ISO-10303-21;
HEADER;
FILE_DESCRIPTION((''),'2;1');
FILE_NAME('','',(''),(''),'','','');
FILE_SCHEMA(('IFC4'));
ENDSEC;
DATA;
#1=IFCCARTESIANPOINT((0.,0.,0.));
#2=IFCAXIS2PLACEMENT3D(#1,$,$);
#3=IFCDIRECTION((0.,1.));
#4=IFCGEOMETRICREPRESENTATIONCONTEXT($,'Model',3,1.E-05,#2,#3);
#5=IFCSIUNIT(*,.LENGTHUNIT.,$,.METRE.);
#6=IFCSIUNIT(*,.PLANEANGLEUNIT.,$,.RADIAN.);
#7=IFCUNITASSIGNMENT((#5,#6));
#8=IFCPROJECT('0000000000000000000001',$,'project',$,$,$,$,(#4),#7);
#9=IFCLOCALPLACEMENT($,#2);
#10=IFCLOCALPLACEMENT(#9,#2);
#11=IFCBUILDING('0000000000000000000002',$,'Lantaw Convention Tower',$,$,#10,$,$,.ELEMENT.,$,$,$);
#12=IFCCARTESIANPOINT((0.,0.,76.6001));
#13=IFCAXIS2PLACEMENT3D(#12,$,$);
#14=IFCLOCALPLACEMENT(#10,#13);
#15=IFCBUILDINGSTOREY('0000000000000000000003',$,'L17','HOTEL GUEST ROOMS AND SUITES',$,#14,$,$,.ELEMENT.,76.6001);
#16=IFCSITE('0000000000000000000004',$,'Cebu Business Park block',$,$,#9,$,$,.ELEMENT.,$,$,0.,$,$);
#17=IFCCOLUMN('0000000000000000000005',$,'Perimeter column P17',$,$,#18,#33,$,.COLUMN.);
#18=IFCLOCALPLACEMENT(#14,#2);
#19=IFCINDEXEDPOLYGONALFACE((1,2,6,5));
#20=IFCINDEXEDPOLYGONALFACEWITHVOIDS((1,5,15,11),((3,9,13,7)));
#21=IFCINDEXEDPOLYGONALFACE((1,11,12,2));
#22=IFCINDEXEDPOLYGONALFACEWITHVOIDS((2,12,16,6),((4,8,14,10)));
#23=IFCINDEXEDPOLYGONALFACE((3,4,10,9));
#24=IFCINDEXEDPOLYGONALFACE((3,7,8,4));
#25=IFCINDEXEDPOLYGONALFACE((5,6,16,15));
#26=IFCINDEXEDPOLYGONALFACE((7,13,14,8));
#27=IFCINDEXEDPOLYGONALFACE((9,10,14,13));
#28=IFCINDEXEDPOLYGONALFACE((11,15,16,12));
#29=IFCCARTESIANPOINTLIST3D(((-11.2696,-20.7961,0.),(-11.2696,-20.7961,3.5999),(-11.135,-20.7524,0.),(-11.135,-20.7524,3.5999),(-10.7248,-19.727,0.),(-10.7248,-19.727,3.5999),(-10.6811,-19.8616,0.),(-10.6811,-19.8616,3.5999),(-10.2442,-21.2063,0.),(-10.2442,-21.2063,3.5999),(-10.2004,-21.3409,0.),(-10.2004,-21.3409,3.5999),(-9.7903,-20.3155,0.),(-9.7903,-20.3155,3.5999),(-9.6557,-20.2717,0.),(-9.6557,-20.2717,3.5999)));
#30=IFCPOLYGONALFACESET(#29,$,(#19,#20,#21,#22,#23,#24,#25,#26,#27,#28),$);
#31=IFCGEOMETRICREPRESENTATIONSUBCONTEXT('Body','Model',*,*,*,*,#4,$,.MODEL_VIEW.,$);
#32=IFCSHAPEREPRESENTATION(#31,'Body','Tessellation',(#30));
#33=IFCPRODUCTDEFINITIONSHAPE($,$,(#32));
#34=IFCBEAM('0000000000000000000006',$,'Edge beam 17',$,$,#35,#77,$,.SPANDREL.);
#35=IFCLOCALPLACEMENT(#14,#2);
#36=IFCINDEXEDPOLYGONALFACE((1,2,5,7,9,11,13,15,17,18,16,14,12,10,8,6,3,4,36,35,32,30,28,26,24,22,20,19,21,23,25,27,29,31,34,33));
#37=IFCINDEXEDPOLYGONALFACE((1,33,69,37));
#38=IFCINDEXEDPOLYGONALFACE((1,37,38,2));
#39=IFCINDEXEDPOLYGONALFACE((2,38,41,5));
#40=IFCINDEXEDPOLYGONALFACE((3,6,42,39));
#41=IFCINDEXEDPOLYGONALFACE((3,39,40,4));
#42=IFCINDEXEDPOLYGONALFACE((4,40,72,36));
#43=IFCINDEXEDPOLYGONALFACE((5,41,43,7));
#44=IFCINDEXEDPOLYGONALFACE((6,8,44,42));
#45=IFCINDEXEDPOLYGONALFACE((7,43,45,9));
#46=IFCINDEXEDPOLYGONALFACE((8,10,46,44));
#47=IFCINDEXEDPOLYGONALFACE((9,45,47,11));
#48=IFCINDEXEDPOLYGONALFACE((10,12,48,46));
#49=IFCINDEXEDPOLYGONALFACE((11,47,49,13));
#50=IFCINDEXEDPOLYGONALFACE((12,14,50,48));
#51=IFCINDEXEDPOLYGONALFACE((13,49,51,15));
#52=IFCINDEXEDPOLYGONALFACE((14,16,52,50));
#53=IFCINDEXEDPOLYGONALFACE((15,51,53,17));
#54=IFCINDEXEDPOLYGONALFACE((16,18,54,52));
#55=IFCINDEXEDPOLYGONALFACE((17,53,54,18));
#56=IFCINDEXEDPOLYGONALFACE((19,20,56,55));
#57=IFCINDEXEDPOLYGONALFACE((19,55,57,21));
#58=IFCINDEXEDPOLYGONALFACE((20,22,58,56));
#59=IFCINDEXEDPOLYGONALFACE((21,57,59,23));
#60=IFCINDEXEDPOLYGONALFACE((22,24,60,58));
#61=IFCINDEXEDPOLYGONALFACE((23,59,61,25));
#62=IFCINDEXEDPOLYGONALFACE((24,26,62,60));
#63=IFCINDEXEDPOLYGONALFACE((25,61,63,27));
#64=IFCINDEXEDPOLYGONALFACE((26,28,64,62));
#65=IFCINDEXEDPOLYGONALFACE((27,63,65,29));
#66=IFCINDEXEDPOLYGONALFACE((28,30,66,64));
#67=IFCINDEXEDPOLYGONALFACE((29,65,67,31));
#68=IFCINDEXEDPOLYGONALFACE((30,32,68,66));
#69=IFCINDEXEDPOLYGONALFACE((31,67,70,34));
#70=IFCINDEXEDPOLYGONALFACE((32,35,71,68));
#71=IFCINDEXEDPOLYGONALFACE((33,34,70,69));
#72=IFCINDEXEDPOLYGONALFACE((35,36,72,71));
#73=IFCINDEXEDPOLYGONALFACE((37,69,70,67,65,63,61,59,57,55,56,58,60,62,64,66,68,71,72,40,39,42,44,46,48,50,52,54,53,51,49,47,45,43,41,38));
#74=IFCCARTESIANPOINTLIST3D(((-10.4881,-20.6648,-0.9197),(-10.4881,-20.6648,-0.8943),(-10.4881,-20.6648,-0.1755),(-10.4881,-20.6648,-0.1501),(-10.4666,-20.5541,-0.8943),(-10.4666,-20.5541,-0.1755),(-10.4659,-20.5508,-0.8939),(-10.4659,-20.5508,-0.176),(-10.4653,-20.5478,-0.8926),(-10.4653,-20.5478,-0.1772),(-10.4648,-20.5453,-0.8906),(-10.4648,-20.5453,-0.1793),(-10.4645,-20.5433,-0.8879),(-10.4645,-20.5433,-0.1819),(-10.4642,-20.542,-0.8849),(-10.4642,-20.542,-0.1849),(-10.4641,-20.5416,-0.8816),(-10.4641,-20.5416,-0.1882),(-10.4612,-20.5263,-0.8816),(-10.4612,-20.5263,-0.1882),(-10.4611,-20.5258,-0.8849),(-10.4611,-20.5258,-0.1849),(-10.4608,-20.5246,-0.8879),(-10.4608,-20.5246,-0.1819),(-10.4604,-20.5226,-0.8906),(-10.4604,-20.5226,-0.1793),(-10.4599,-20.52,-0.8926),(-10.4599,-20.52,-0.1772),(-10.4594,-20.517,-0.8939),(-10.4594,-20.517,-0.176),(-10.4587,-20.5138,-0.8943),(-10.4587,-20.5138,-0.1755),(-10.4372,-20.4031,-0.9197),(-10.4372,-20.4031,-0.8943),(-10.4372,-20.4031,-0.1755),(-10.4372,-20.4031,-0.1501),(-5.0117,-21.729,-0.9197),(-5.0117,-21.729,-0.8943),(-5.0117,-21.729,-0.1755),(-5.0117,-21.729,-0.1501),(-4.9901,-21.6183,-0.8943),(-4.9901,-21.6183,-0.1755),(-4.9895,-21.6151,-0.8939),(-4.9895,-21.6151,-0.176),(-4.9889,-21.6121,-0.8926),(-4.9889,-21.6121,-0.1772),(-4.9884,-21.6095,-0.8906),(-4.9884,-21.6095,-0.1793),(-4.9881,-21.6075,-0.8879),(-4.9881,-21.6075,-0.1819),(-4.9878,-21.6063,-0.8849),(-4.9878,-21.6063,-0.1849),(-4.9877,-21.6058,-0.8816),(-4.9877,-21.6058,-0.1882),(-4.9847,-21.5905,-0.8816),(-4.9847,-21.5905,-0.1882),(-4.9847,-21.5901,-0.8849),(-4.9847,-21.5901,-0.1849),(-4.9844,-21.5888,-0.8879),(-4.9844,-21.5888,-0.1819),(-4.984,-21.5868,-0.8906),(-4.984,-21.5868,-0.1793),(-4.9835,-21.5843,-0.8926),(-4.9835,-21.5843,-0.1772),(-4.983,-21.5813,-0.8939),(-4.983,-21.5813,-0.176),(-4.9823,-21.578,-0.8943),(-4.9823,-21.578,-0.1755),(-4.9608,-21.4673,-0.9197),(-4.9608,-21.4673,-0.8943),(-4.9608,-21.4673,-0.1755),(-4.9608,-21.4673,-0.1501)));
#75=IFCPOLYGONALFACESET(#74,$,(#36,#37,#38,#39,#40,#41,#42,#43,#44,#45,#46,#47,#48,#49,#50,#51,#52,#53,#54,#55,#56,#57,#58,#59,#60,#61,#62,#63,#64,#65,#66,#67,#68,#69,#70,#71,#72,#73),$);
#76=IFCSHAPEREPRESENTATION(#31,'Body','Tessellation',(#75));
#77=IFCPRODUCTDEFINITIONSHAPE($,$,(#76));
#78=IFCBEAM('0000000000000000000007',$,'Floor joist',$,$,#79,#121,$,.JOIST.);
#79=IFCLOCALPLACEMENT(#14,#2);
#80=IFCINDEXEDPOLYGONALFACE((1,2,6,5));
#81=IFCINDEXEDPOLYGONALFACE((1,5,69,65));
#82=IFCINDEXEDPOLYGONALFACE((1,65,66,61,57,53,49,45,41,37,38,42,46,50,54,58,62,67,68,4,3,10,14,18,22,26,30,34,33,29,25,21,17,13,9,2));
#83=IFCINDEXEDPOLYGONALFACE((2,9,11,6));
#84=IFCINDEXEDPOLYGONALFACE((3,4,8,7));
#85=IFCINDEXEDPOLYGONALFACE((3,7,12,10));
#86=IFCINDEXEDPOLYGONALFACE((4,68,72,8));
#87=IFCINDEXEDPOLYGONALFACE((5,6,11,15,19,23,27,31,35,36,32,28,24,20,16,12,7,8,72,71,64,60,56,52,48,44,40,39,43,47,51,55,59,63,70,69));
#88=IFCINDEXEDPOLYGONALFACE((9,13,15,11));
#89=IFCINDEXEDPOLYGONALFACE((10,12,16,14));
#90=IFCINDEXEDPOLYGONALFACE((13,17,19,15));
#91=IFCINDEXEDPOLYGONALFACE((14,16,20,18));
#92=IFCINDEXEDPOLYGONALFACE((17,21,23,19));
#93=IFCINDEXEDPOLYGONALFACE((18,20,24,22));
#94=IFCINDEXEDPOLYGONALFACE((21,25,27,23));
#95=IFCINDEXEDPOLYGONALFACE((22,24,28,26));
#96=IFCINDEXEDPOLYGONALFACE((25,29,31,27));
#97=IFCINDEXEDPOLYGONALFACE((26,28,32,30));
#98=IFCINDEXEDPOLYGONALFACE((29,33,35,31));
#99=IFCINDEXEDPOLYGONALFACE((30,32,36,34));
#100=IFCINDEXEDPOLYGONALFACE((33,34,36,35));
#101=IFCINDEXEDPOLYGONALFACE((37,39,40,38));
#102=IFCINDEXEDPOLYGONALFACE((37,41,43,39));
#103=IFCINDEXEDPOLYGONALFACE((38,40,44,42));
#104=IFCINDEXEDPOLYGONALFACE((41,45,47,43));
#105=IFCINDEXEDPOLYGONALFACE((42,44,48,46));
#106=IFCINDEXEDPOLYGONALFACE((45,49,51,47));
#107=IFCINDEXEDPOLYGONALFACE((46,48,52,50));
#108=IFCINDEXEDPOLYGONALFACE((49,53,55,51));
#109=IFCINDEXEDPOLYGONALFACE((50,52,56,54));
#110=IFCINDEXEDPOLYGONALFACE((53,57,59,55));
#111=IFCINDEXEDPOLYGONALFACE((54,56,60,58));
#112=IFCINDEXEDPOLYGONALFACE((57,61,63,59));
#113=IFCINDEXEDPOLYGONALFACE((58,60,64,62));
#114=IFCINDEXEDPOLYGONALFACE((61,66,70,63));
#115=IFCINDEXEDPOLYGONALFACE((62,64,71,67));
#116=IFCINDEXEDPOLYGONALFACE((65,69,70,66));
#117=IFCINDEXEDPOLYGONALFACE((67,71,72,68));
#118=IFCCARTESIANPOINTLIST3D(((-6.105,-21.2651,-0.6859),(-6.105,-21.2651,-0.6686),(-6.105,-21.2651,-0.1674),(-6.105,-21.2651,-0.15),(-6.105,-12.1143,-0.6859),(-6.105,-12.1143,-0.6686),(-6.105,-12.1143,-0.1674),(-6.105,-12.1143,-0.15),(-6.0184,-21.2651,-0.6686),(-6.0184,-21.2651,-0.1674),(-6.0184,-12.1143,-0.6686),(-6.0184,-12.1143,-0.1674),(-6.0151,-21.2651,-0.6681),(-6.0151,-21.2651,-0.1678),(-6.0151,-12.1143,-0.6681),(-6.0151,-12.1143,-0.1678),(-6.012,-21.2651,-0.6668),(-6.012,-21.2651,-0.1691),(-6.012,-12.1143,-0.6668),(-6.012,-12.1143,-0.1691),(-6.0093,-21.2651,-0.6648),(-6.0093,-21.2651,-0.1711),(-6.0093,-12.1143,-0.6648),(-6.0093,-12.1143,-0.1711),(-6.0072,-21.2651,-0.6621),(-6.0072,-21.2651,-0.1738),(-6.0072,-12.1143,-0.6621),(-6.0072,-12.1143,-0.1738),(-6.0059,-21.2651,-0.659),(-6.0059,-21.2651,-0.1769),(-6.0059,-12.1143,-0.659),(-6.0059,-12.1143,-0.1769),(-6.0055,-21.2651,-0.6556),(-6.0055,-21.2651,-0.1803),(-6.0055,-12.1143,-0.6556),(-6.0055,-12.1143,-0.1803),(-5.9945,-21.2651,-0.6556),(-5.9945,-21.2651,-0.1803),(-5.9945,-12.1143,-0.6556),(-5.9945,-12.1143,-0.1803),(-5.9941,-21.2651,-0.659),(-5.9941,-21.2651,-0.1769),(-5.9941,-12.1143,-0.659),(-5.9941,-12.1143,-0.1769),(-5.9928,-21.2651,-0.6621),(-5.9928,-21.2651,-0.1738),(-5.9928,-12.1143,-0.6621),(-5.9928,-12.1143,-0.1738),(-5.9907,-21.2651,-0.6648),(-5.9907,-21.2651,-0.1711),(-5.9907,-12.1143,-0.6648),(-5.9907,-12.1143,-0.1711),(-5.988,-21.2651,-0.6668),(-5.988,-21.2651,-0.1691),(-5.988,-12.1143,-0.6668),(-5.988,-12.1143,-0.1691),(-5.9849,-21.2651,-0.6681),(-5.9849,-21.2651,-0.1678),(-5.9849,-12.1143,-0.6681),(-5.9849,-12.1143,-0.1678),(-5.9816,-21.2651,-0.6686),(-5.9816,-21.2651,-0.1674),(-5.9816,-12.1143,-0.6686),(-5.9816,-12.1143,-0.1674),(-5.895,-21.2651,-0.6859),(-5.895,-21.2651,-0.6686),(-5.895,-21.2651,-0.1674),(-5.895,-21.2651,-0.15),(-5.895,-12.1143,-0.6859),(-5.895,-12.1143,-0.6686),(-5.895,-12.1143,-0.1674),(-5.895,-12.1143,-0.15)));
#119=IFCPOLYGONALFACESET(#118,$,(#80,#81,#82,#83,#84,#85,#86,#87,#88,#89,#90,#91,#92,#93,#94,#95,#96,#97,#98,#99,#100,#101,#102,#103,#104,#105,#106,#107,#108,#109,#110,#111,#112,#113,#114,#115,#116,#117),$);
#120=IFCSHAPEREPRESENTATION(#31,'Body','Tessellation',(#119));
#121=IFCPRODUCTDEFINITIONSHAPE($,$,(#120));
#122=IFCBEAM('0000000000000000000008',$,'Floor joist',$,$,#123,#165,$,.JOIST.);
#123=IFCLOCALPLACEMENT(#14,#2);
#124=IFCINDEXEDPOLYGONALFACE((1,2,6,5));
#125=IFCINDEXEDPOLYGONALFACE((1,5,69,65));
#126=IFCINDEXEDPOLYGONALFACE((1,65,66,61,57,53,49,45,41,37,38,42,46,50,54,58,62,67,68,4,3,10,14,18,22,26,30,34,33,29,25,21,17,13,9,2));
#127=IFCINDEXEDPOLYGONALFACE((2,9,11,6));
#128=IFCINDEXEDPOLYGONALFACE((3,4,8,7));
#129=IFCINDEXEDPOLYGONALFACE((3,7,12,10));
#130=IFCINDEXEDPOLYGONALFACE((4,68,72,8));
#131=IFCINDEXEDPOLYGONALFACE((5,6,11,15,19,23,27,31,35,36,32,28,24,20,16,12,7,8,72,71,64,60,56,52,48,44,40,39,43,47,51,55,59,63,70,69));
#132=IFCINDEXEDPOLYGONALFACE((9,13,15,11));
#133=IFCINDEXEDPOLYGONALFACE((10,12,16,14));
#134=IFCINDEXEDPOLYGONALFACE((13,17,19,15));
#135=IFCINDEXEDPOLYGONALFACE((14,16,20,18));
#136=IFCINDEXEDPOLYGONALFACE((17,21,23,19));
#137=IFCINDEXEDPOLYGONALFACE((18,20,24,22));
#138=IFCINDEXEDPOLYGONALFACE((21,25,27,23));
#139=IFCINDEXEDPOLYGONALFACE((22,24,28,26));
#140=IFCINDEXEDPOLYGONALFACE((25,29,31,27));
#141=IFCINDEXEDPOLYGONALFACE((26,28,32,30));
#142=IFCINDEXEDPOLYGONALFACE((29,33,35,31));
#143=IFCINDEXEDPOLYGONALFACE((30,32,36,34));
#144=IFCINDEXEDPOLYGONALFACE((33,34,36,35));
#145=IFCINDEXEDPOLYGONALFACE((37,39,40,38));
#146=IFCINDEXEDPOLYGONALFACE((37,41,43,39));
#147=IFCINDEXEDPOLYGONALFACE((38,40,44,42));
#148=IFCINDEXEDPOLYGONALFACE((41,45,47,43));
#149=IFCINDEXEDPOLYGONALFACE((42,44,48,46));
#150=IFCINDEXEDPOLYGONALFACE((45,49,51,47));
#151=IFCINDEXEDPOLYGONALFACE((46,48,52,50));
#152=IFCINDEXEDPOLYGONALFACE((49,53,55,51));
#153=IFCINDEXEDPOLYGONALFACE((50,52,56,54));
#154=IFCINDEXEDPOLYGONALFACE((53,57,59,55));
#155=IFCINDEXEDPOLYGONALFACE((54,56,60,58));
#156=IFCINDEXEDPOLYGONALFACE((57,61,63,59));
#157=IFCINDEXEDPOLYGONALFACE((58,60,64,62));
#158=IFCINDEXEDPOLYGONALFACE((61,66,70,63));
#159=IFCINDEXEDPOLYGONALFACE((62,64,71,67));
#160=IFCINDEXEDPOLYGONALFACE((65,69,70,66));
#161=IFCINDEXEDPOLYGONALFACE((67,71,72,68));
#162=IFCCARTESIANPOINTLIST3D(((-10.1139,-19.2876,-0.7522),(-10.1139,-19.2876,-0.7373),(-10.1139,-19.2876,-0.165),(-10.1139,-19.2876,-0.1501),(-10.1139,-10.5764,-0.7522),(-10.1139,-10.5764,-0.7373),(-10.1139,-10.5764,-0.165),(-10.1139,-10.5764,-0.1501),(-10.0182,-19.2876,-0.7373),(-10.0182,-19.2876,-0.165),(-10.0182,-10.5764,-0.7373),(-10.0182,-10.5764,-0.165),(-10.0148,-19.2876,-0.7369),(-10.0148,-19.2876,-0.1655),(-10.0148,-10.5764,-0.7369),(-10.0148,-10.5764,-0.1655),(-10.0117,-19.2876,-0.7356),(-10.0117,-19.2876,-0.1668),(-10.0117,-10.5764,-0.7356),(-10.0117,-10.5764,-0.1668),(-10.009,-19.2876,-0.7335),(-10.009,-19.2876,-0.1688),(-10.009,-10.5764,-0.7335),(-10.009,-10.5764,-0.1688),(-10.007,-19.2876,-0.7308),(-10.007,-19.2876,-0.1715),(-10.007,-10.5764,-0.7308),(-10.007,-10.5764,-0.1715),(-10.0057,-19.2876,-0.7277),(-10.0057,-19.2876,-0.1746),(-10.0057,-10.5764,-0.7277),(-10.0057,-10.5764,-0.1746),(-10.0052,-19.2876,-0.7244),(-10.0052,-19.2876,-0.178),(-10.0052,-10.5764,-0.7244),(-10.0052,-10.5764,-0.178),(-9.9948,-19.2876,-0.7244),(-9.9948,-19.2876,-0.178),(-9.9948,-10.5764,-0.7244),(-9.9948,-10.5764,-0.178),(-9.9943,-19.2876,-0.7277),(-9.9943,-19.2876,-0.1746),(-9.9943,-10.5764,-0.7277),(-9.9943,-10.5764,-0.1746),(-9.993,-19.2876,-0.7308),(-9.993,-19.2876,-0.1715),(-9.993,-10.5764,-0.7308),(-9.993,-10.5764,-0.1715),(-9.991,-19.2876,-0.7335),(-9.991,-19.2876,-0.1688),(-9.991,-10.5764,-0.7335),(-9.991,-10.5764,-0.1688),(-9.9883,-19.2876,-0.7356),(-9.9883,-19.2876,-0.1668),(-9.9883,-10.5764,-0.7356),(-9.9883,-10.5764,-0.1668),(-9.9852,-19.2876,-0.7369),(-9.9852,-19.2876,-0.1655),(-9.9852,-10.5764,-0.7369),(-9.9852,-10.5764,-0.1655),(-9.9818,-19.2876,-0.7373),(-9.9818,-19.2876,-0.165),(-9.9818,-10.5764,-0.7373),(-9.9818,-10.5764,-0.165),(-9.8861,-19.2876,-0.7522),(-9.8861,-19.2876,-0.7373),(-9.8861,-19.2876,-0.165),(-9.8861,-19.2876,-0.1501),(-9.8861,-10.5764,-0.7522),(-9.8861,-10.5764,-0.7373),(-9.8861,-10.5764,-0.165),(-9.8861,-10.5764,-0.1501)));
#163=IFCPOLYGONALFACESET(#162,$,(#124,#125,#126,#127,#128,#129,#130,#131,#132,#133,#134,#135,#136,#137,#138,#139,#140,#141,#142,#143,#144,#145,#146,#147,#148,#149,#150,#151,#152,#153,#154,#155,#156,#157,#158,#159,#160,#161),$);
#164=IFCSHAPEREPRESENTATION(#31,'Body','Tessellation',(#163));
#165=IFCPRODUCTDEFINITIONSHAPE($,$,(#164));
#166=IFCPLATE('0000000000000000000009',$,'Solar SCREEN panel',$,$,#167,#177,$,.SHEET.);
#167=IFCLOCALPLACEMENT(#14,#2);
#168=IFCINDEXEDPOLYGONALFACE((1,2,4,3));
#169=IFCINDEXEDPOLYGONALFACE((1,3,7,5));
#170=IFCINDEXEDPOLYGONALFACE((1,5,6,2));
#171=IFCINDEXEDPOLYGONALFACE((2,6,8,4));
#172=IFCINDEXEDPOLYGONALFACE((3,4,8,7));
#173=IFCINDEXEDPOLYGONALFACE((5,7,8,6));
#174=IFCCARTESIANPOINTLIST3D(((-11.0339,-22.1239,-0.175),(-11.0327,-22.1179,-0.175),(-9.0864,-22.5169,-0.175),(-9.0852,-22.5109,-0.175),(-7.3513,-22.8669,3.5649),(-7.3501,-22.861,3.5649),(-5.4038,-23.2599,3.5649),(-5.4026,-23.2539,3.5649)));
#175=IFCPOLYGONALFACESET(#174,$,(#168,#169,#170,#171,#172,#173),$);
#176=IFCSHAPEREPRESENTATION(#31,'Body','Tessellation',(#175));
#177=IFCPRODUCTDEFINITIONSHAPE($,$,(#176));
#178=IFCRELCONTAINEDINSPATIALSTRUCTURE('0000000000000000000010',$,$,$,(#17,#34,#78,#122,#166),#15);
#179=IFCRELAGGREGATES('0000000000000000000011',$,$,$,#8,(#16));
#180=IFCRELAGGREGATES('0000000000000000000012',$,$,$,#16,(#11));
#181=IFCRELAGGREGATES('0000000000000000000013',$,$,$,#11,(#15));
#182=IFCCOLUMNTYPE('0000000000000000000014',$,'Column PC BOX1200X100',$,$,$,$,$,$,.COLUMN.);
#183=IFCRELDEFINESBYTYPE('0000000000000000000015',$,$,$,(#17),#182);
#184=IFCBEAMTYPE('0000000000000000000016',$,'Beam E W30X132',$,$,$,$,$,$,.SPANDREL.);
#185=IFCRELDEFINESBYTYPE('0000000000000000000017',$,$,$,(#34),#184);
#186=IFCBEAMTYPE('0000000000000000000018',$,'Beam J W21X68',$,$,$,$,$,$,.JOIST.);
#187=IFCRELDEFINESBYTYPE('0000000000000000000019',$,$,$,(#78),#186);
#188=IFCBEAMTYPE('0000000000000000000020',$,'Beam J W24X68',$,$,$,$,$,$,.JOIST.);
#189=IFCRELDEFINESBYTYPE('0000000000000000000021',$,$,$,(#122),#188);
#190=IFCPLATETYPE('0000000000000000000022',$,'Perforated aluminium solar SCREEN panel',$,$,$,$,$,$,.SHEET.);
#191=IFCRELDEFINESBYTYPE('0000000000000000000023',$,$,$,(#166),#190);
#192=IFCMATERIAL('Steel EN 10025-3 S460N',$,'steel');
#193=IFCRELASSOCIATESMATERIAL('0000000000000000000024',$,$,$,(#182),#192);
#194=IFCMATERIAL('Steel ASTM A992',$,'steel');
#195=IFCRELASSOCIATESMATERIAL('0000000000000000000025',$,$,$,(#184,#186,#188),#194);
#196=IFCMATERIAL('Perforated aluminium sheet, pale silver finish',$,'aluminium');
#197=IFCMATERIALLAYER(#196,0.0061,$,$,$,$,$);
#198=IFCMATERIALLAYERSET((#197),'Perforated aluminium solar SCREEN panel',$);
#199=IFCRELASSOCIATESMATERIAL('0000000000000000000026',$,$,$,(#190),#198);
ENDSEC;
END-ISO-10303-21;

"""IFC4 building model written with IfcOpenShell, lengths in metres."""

from ifc_helpers import new_model, si_unit, direction, frame, origin, origin_2d, place, context, subcontext, project, spatial, polyline, rectangle, hollow_rectangle, i_section, outline, extrude, material, layer, layer_set, material_profile, profile_set, type_object, element, save


model = new_model("IFC4")

# Units and contexts
model_context = context("Model", 3, precision=1e-05, world=origin(), true_north=direction((0.0, 1.0)))
body_context = subcontext(model_context, "Body", "Model", "MODEL_VIEW")
ifc_project = project(units=[si_unit("LENGTHUNIT", "METRE"), si_unit("PLANEANGLEUNIT", "RADIAN")], contexts=[model_context])

# Site, building, storey
site_placement = place(None, origin())
site = spatial("IfcSite", under=ifc_project, at=site_placement, Name="Cebu Business Park block", CompositionType="ELEMENT", RefElevation=0.0)
building_placement = place(site_placement, origin())
building = spatial("IfcBuilding", under=site, at=building_placement, Name="Lantaw Convention Tower", CompositionType="ELEMENT")
storey_placement = place(building_placement, frame((0.0, 0.0, 76.6001)))
storey = spatial("IfcBuildingStorey", under=building, at=storey_placement, Name="L17", Description="HOTEL GUEST ROOMS AND SUITES", CompositionType="ELEMENT", Elevation=76.6001)

# Column
ifc_material_1 = material(Name="Steel EN 10025-3 S460N", Category="steel")
ifc_material_profile_1 = material_profile(ifc_material_1, hollow_rectangle(XDim=1.2, YDim=1.2, WallThickness=0.1001, at=origin_2d()), Name="BOX1200X100")
ifc_material_2 = material(Name="Concrete C60/75", Category="concrete")
ifc_material_profile_2 = material_profile(ifc_material_2, rectangle(XDim=1.0, YDim=1.0, at=origin_2d()), Name="Concrete fill of BOX1200X100")
ifc_profile_set_1 = profile_set([ifc_material_profile_1, ifc_material_profile_2], Name="Steel EN 10025-3 S460N")
column_type = type_object("IfcColumnType", Name="Column PC BOX1200X100", PredefinedType="COLUMN", material=ifc_profile_set_1)
column_placement = place(storey_placement, frame((-10.4626, -20.5339, 0.0), z_axis=(0.0, 0.0, 1.0), x_axis=(0.45399, 0.891007, 0.0)))
element("IfcColumn", 1, at=column_placement, inside=storey, type_object=column_type, Name="Perimeter column P17", PredefinedType="COLUMN", context=body_context, shape_type="SweptSolid", body=[
    extrude(hollow_rectangle(XDim=1.2, YDim=1.2, WallThickness=0.1001, at=origin_2d()), origin(), (0.0, 0.0, 1.0), 3.5999),
])

# Beams
ifc_material_3 = material(Name="Steel ASTM A992", Category="steel")
ifc_material_profile_3 = material_profile(ifc_material_3, i_section(OverallWidth=0.2666, OverallDepth=0.7695, WebThickness=0.0156, FlangeThickness=0.0254, FilletRadius=0.0127, at=origin_2d()), Name="W30X132")
ifc_profile_set_2 = profile_set([ifc_material_profile_3], Name="Steel ASTM A992")
beam_type_1 = type_object("IfcBeamType", Name="Beam E W30X132", PredefinedType="SPANDREL", material=ifc_profile_set_2)
beam_1_placement = place(storey_placement, frame((-10.4626, -20.5339, -0.5349), z_axis=(0.981637, -0.190761, 0.0), x_axis=(0.190761, 0.981637, 0.0)))
element("IfcBeam", 2, at=beam_1_placement, inside=storey, type_object=beam_type_1, Name="Edge beam 17", PredefinedType="SPANDREL", context=body_context, shape_type="SweptSolid", body=[
    extrude(i_section(OverallWidth=0.2666, OverallDepth=0.7695, WebThickness=0.0156, FlangeThickness=0.0254, FilletRadius=0.0127, at=origin_2d()), origin(), (0.0, 0.0, 1.0), 5.5789),
])
ifc_material_profile_4 = material_profile(ifc_material_3, i_section(OverallWidth=0.21, OverallDepth=0.5359, WebThickness=0.011, FlangeThickness=0.0173, FilletRadius=0.0129, at=origin_2d()), Name="W21X68")
ifc_profile_set_3 = profile_set([ifc_material_profile_4], Name="Steel ASTM A992")
beam_type_2 = type_object("IfcBeamType", Name="Beam J W21X68", PredefinedType="JOIST", material=ifc_profile_set_3)
beam_2_placement = place(storey_placement, frame((-6.0, -21.2651, -0.418), z_axis=(0.0, 1.0, 0.0), x_axis=(-1.0, 0.0, 0.0)))
element("IfcBeam", 3, at=beam_2_placement, inside=storey, type_object=beam_type_2, Name="Floor joist", PredefinedType="JOIST", context=body_context, shape_type="SweptSolid", body=[
    extrude(i_section(OverallWidth=0.21, OverallDepth=0.5359, WebThickness=0.011, FlangeThickness=0.0173, FilletRadius=0.0129, at=origin_2d()), origin(), (0.0, 0.0, 1.0), 9.1509),
])
ifc_material_profile_5 = material_profile(ifc_material_3, i_section(OverallWidth=0.2278, OverallDepth=0.6021, WebThickness=0.0105, FlangeThickness=0.0149, FilletRadius=0.0129, at=origin_2d()), Name="W24X68")
ifc_profile_set_4 = profile_set([ifc_material_profile_5], Name="Steel ASTM A992")
beam_type_3 = type_object("IfcBeamType", Name="Beam J W24X68", PredefinedType="JOIST", material=ifc_profile_set_4)
beam_3_placement = place(storey_placement, frame((-10.0, -19.2876, -0.4512), z_axis=(0.0, 1.0, 0.0), x_axis=(-1.0, 0.0, 0.0)))
element("IfcBeam", 4, at=beam_3_placement, inside=storey, type_object=beam_type_3, Name="Floor joist", PredefinedType="JOIST", context=body_context, shape_type="SweptSolid", body=[
    extrude(i_section(OverallWidth=0.2278, OverallDepth=0.6021, WebThickness=0.0105, FlangeThickness=0.0149, FilletRadius=0.0129, at=origin_2d()), origin(), (0.0, 0.0, 1.0), 8.7112),
])

# Plate
ifc_material_4 = material(Name="Perforated aluminium sheet, pale silver finish", Category="aluminium")
ifc_layer_1 = layer(ifc_material_4, 0.0061)
ifc_layer_set_1 = layer_set([ifc_layer_1], Name="Perforated aluminium solar SCREEN panel")
plate_type = type_object("IfcPlateType", Name="Perforated aluminium solar SCREEN panel", PredefinedType="SHEET", material=ifc_layer_set_1)
plate_1_placement = place(storey_placement, frame((-11.0327, -22.1179, -0.175), z_axis=(0.197782, 0.980246, 0.000002), x_axis=(0.980246, -0.197782, 0.0)))
element("IfcPlate", 5, at=plate_1_placement, inside=storey, type_object=plate_type, Name="Solar SCREEN panel", PredefinedType="SHEET", context=body_context, shape_type="SweptSolid", body=[
    extrude(outline(polyline([(0.0, 0.0), (1.9868, 0.0), (5.7436, -3.74), (3.7569, -3.74), (0.0, 0.0)])), origin(), (0.0, 0.0, -1.0), 0.0061),
])

save(model, "model.ifc")
